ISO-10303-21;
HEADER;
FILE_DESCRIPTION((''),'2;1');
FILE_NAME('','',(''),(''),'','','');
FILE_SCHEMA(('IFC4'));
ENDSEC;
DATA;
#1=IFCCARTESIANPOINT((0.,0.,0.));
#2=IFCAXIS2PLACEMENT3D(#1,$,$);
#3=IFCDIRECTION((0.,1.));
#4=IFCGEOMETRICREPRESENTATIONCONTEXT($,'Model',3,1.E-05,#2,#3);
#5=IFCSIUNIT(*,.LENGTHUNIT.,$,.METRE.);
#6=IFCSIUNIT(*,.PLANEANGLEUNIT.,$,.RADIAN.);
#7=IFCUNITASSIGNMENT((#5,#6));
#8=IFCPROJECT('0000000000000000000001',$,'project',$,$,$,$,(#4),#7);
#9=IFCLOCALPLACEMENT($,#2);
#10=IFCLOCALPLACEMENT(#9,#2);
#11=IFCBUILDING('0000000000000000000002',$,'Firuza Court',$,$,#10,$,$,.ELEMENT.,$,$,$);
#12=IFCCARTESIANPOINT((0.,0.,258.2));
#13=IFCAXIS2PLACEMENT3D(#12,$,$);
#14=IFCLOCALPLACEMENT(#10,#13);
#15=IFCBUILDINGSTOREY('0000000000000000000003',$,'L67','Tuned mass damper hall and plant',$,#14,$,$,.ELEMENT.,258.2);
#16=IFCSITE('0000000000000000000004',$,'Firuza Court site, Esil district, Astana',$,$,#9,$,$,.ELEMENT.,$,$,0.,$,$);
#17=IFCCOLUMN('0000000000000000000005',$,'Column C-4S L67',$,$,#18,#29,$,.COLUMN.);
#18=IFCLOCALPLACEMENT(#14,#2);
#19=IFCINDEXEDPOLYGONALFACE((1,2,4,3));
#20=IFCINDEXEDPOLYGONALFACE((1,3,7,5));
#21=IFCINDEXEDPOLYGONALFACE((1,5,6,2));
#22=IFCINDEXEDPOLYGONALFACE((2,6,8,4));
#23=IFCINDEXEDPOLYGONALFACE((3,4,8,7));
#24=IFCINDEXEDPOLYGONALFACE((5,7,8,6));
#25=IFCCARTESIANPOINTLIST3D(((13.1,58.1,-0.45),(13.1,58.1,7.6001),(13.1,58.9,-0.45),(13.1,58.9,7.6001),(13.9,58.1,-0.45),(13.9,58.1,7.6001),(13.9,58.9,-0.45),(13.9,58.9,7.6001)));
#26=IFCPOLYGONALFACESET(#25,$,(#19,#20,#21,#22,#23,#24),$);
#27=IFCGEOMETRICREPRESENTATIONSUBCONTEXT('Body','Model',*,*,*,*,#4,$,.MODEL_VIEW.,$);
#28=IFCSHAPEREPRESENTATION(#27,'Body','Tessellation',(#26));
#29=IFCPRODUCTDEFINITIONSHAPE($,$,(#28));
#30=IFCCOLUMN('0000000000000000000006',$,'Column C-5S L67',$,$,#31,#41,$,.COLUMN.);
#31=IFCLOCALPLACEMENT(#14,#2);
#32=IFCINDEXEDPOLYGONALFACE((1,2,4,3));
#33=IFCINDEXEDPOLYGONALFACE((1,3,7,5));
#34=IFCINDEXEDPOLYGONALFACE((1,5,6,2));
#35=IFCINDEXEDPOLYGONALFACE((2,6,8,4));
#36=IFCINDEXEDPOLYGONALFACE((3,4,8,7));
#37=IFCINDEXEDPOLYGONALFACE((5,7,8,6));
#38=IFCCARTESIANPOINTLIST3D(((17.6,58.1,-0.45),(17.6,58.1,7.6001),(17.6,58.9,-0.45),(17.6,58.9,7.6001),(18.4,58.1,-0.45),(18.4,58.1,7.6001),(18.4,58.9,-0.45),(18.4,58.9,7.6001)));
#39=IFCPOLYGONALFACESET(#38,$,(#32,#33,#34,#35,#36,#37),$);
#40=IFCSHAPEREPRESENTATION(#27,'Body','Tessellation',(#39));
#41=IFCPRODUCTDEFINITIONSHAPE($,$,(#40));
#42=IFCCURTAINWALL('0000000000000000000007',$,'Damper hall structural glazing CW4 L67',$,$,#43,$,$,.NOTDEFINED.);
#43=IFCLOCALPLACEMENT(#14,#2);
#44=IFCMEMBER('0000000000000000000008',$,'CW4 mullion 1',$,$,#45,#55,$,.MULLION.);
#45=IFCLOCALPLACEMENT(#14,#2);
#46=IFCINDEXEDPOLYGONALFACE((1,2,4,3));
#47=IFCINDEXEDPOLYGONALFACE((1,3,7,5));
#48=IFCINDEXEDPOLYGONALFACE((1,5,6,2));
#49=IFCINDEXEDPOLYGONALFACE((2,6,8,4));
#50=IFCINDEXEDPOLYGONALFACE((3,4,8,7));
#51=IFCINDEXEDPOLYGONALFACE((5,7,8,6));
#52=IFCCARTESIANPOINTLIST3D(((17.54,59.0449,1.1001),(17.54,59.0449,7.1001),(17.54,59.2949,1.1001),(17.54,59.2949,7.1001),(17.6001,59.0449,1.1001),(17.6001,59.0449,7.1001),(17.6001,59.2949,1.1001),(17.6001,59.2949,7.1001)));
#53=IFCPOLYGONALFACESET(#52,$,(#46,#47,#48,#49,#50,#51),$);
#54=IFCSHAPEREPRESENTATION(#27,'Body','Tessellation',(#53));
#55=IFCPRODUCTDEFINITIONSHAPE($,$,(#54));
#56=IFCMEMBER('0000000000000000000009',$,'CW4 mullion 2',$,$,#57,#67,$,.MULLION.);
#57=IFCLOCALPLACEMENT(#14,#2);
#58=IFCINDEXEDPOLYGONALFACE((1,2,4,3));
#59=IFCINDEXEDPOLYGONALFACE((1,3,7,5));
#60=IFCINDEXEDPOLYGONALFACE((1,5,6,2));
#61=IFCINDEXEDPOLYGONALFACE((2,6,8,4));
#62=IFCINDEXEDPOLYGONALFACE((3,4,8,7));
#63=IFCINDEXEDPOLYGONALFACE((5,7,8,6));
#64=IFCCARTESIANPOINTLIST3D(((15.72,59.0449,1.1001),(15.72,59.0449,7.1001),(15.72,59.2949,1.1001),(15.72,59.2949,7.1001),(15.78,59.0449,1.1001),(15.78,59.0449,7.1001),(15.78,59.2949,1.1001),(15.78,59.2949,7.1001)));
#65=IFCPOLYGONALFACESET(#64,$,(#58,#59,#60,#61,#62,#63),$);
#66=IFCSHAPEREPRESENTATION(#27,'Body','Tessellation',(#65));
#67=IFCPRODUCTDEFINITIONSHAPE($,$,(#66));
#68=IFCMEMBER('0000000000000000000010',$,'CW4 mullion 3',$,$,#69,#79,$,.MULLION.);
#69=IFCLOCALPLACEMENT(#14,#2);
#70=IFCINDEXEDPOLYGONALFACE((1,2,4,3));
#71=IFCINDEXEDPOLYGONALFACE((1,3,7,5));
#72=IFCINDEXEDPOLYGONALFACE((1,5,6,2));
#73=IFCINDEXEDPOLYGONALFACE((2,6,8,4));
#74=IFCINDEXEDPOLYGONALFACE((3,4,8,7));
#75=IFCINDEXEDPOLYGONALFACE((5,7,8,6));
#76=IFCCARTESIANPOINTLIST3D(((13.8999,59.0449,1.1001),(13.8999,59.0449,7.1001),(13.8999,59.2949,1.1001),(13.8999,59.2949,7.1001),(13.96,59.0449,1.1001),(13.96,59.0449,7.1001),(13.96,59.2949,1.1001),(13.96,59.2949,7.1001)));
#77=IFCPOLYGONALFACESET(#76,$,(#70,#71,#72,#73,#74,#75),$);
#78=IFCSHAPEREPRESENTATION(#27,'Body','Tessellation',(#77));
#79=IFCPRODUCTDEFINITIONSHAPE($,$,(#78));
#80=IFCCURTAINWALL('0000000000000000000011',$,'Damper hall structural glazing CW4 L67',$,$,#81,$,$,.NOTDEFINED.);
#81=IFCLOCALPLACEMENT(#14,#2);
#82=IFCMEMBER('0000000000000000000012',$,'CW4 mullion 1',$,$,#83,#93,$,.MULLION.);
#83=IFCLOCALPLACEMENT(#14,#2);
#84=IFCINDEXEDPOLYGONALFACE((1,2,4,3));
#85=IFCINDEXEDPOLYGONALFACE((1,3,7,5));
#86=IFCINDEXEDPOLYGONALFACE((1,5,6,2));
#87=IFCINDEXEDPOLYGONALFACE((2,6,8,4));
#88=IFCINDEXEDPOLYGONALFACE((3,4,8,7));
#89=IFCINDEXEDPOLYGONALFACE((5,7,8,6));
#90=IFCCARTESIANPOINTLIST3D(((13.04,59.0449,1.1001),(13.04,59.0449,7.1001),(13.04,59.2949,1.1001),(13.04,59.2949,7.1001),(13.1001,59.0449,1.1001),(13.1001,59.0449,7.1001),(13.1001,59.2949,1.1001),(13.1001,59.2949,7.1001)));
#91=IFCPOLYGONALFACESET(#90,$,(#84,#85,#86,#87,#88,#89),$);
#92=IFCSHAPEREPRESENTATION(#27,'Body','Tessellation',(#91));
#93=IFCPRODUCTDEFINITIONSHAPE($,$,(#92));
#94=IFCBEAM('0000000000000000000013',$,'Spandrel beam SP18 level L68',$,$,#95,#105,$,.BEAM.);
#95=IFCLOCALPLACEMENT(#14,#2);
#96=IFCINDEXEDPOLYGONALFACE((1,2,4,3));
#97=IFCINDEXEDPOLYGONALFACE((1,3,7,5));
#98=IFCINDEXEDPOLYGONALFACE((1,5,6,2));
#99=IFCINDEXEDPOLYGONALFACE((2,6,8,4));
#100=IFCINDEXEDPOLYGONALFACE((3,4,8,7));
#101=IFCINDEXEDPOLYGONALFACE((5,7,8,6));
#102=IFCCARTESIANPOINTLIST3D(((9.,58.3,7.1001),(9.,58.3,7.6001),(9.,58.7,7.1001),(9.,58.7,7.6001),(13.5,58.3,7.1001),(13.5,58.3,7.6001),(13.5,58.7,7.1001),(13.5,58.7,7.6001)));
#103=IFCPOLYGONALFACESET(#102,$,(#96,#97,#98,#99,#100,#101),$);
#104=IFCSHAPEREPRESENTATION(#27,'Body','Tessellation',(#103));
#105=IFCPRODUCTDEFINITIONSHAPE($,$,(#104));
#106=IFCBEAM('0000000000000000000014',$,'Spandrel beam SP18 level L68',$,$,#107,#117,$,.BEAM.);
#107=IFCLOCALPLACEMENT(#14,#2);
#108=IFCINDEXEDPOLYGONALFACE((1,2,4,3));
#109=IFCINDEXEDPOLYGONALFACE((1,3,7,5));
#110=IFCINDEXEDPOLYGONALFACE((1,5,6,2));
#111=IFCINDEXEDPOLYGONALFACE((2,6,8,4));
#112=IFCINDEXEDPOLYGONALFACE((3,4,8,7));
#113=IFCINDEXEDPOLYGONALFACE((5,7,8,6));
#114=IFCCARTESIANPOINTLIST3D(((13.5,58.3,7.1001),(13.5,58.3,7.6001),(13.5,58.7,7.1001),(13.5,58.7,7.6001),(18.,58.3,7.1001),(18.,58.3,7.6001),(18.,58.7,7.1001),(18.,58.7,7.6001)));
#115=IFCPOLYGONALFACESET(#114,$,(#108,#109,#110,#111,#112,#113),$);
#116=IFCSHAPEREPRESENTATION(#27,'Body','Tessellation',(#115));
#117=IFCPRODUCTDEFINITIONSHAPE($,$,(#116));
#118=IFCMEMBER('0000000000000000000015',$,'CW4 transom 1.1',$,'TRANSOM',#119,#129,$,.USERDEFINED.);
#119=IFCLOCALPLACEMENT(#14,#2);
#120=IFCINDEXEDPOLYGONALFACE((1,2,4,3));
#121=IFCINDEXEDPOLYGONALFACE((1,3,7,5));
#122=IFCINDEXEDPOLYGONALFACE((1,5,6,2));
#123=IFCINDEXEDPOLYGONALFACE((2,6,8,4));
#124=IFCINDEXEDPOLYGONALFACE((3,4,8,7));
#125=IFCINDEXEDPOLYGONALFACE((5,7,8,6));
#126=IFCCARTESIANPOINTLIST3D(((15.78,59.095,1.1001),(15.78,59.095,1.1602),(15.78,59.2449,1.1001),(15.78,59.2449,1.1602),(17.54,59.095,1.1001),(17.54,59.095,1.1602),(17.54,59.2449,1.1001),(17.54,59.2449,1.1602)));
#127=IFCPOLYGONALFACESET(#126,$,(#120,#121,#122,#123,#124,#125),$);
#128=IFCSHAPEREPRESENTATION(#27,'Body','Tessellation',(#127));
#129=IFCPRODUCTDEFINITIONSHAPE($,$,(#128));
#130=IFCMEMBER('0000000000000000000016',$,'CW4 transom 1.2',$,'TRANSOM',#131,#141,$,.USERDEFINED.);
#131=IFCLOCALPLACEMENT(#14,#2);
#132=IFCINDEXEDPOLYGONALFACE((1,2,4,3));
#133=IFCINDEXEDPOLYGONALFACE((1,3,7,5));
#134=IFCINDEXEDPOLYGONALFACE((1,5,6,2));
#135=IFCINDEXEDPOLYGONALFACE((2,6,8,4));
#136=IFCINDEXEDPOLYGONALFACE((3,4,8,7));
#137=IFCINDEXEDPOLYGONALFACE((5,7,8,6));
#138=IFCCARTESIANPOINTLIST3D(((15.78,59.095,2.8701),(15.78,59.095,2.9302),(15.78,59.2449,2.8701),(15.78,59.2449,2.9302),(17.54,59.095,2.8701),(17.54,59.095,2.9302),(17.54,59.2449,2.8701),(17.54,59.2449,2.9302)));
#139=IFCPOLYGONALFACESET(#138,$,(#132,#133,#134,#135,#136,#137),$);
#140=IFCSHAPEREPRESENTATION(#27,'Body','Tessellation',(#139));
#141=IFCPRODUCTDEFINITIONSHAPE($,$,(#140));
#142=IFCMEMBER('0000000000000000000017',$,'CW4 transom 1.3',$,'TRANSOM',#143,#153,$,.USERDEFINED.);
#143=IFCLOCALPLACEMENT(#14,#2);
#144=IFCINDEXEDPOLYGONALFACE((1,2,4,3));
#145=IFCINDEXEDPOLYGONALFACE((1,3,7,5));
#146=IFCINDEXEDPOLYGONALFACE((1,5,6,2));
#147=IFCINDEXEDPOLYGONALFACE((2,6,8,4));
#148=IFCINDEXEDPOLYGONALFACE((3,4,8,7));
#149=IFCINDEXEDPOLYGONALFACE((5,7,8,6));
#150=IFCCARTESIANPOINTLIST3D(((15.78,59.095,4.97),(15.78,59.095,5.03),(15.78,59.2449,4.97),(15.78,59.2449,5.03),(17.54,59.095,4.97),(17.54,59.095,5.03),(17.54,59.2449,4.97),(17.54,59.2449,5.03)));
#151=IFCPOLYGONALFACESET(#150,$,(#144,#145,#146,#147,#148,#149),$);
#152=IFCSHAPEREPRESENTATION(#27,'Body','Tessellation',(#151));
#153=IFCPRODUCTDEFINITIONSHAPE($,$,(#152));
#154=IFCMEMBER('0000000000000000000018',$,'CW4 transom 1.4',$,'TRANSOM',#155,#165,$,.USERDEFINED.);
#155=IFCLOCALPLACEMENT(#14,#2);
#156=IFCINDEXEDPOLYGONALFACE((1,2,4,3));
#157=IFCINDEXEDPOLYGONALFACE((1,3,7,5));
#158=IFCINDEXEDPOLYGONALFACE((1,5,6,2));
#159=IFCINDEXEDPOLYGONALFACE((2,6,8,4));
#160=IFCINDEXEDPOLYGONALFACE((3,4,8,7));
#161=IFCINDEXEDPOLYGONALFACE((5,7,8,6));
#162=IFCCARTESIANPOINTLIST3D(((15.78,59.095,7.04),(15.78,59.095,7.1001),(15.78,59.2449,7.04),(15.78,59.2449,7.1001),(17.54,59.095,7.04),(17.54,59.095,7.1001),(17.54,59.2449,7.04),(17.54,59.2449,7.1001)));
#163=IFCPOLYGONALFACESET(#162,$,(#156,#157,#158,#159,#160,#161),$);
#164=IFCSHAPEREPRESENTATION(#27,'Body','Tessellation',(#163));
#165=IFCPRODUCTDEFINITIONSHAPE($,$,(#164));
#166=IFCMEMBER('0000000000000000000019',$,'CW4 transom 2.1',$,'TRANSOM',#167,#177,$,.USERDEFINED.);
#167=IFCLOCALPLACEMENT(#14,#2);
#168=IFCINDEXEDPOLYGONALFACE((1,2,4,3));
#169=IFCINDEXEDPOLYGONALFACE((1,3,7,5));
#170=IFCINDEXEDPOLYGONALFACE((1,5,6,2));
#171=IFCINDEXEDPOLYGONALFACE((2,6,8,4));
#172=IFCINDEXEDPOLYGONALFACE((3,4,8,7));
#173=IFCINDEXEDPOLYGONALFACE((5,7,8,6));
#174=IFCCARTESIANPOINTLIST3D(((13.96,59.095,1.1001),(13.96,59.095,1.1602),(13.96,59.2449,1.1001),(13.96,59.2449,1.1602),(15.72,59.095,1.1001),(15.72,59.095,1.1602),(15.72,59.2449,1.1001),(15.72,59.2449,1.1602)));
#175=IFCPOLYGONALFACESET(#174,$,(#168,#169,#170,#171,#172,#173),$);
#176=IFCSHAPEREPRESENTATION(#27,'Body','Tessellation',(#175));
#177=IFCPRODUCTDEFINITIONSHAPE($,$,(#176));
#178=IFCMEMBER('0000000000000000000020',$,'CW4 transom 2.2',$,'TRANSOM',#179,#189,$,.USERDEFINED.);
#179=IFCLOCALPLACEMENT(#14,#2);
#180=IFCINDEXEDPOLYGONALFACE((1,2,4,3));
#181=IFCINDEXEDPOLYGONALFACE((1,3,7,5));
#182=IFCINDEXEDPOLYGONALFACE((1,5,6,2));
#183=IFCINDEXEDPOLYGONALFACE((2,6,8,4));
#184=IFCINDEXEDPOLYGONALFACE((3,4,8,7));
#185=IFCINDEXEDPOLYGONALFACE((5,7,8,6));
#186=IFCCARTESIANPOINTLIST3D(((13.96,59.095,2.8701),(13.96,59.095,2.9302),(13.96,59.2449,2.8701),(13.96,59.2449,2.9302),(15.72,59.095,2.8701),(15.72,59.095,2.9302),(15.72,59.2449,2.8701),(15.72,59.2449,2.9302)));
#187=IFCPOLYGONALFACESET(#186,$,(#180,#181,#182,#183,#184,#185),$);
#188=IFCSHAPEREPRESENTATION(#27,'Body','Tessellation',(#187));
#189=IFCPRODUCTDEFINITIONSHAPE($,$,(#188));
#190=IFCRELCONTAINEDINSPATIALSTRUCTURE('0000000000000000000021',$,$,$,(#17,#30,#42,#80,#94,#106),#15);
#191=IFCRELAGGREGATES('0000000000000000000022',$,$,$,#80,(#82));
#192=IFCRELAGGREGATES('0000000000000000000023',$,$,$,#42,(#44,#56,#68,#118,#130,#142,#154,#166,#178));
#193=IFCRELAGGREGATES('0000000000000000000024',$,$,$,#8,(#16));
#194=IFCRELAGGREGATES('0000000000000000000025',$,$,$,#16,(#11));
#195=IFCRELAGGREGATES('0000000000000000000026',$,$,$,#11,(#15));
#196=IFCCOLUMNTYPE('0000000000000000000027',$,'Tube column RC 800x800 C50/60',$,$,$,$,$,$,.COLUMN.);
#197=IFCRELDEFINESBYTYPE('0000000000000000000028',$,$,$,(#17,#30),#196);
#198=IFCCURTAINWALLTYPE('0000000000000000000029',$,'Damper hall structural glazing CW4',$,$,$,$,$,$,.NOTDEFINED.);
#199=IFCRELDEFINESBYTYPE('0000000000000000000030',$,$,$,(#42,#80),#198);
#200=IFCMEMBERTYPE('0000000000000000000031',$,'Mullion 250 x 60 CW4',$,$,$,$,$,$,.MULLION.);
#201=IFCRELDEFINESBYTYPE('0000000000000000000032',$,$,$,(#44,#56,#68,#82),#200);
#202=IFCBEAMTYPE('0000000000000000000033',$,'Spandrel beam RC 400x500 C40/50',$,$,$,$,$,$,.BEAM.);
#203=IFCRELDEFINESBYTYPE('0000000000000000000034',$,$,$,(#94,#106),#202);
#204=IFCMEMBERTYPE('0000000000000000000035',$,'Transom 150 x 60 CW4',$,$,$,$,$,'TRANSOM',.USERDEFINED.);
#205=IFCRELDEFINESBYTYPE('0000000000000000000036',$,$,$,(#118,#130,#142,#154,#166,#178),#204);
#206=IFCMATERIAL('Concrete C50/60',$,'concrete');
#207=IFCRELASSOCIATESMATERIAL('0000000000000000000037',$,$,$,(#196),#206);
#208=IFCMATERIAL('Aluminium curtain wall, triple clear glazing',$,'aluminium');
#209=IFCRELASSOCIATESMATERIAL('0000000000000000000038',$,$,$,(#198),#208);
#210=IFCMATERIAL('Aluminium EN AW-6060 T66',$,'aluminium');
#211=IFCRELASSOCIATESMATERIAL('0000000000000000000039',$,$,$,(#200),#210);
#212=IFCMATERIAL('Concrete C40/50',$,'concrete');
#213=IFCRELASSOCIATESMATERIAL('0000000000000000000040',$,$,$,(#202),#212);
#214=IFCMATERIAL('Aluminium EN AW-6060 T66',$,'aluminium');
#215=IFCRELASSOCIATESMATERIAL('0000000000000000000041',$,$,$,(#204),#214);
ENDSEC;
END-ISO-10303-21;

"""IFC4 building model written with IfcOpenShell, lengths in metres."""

from ifc_helpers import new_model, si_unit, direction, frame, origin, origin_2d, place, context, subcontext, project, spatial, rectangle, extrude, material, material_profile, profile_set, type_object, element, aggregate, save


model = new_model("IFC4")

# Units and contexts
model_context = context("Model", 3, precision=1e-05, world=origin(), true_north=direction((0.0, 1.0)))
body_context = subcontext(model_context, "Body", "Model", "MODEL_VIEW")
ifc_project = project(units=[si_unit("LENGTHUNIT", "METRE"), si_unit("PLANEANGLEUNIT", "RADIAN")], contexts=[model_context])

# Site, building, storey
site_placement = place(None, origin())
site = spatial("IfcSite", under=ifc_project, at=site_placement, Name="Firuza Court site, Esil district, Astana", CompositionType="ELEMENT", RefElevation=0.0)
building_placement = place(site_placement, origin())
building = spatial("IfcBuilding", under=site, at=building_placement, Name="Firuza Court", CompositionType="ELEMENT")
storey_placement = place(building_placement, frame((0.0, 0.0, 258.2)))
storey = spatial("IfcBuildingStorey", under=building, at=storey_placement, Name="L67", Description="Tuned mass damper hall and plant", CompositionType="ELEMENT", Elevation=258.2)

# Columns
ifc_material_1 = material(Name="Concrete C50/60", Category="concrete")
ifc_material_profile_1 = material_profile(ifc_material_1, rectangle(XDim=0.8, YDim=0.8, at=origin_2d()), Name="RC 800x800")
ifc_profile_set_1 = profile_set([ifc_material_profile_1], Name="Concrete C50/60")
column_type = type_object("IfcColumnType", Name="Tube column RC 800x800 C50/60", PredefinedType="COLUMN", material=ifc_profile_set_1)
for number, where, z_axis, x_axis, name in (
    (1, (13.5, 58.5, -0.45), (0.0, 0.0, 1.0), (1.0, 0.0, 0.0), "Column C-4S L67"),
    (2, (18.0, 58.5, -0.45), (0.0, 0.0, 1.0), (1.0, 0.0, 0.0), "Column C-5S L67"),
):
    element("IfcColumn", number, at=place(storey_placement, frame(where, z_axis=z_axis, x_axis=x_axis)), inside=storey, type_object=column_type, Name=name, PredefinedType="COLUMN", context=body_context, shape_type="SweptSolid", body=[
        extrude(rectangle(XDim=0.8, YDim=0.8, at=origin_2d()), origin(), (0.0, 0.0, 1.0), 8.05),
    ])

# Curtain wall, members
ifc_material_2 = material(Name="Aluminium curtain wall, triple clear glazing", Category="aluminium")
curtain_wall_type = type_object("IfcCurtainWallType", Name="Damper hall structural glazing CW4", PredefinedType="NOTDEFINED", material=ifc_material_2)
curtain_wall_1_placement = place(storey_placement, origin())
curtain_wall_1 = element("IfcCurtainWall", 3, at=curtain_wall_1_placement, inside=storey, type_object=curtain_wall_type, Name="Damper hall structural glazing CW4 L67", PredefinedType="NOTDEFINED")
ifc_material_3 = material(Name="Aluminium EN AW-6060 T66", Category="aluminium")
ifc_material_profile_2 = material_profile(ifc_material_3, rectangle(XDim=0.25, YDim=0.0601, at=origin_2d()), Name="Mullion 250 x 60 CW4")
ifc_profile_set_2 = profile_set([ifc_material_profile_2], Name="Aluminium EN AW-6060 T66")
member_type_1 = type_object("IfcMemberType", Name="Mullion 250 x 60 CW4", PredefinedType="MULLION", material=ifc_profile_set_2)
member_1_placement = place(storey_placement, frame((17.5701, 59.1699, 1.1001), z_axis=(0.0, 0.0, 1.0), x_axis=(0.0, -1.0, 0.0)))
member_1 = element("IfcMember", 4, at=member_1_placement, type_object=member_type_1, Name="CW4 mullion 1", PredefinedType="MULLION", context=body_context, shape_type="SweptSolid", body=[
    extrude(rectangle(XDim=0.25, YDim=0.0601, at=origin_2d()), origin(), (0.0, 0.0, 1.0), 6.0),
])
member_2_placement = place(storey_placement, frame((15.75, 59.1699, 1.1001), z_axis=(0.0, 0.0, 1.0), x_axis=(0.0, -1.0, 0.0)))
member_2 = element("IfcMember", 5, at=member_2_placement, type_object=member_type_1, Name="CW4 mullion 2", PredefinedType="MULLION", context=body_context, shape_type="SweptSolid", body=[
    extrude(rectangle(XDim=0.25, YDim=0.0601, at=origin_2d()), origin(), (0.0, 0.0, 1.0), 6.0),
])
member_3_placement = place(storey_placement, frame((13.9299, 59.1699, 1.1001), z_axis=(0.0, 0.0, 1.0), x_axis=(0.0, -1.0, 0.0)))
member_3 = element("IfcMember", 6, at=member_3_placement, type_object=member_type_1, Name="CW4 mullion 3", PredefinedType="MULLION", context=body_context, shape_type="SweptSolid", body=[
    extrude(rectangle(XDim=0.25, YDim=0.0601, at=origin_2d()), origin(), (0.0, 0.0, 1.0), 6.0),
])

# Curtain wall, member
curtain_wall_2_placement = place(storey_placement, origin())
curtain_wall_2 = element("IfcCurtainWall", 7, at=curtain_wall_2_placement, inside=storey, type_object=curtain_wall_type, Name="Damper hall structural glazing CW4 L67", PredefinedType="NOTDEFINED")
member_4_placement = place(storey_placement, frame((13.0701, 59.1699, 1.1001), z_axis=(0.0, 0.0, 1.0), x_axis=(0.0, -1.0, 0.0)))
member_4 = element("IfcMember", 8, at=member_4_placement, type_object=member_type_1, Name="CW4 mullion 1", PredefinedType="MULLION", context=body_context, shape_type="SweptSolid", body=[
    extrude(rectangle(XDim=0.25, YDim=0.0601, at=origin_2d()), origin(), (0.0, 0.0, 1.0), 6.0),
])
aggregate(curtain_wall_2, [member_4])

# Beams
ifc_material_4 = material(Name="Concrete C40/50", Category="concrete")
ifc_material_profile_3 = material_profile(ifc_material_4, rectangle(XDim=0.3999, YDim=0.5, at=origin_2d()), Name="RC 400x500")
ifc_profile_set_3 = profile_set([ifc_material_profile_3], Name="Concrete C40/50")
beam_type = type_object("IfcBeamType", Name="Spandrel beam RC 400x500 C40/50", PredefinedType="BEAM", material=ifc_profile_set_3)
for number, where, z_axis, x_axis, name in (
    (9, (13.5, 58.5, 7.3501), (-1.0, 0.0, 0.0), (0.0, -1.0, 0.0), "Spandrel beam SP18 level L68"),
    (10, (18.0, 58.5, 7.3501), (-1.0, 0.0, 0.0), (0.0, -1.0, 0.0), "Spandrel beam SP18 level L68"),
):
    element("IfcBeam", number, at=place(storey_placement, frame(where, z_axis=z_axis, x_axis=x_axis)), inside=storey, type_object=beam_type, Name=name, PredefinedType="BEAM", context=body_context, shape_type="SweptSolid", body=[
        extrude(rectangle(XDim=0.3999, YDim=0.5, at=origin_2d()), origin(), (0.0, 0.0, 1.0), 4.5),
    ])

# Members
ifc_material_5 = material(Name="Aluminium EN AW-6060 T66", Category="aluminium")
ifc_material_profile_4 = material_profile(ifc_material_5, rectangle(XDim=0.1499, YDim=0.0601, at=origin_2d()), Name="Transom 150 x 60 CW4")
ifc_profile_set_4 = profile_set([ifc_material_profile_4], Name="Aluminium EN AW-6060 T66")
member_type_2 = type_object("IfcMemberType", Name="Transom 150 x 60 CW4", ElementType="TRANSOM", PredefinedType="USERDEFINED", material=ifc_profile_set_4)
member_5_placement = place(storey_placement, frame((17.54, 59.1699, 1.1301), z_axis=(-1.0, 0.0, 0.0), x_axis=(0.0, -1.0, 0.0)))
member_5 = element("IfcMember", 11, at=member_5_placement, type_object=member_type_2, Name="CW4 transom 1.1", ObjectType="TRANSOM", PredefinedType="USERDEFINED", context=body_context, shape_type="SweptSolid", body=[
    extrude(rectangle(XDim=0.1499, YDim=0.0601, at=origin_2d()), origin(), (0.0, 0.0, 1.0), 1.76),
])
member_6_placement = place(storey_placement, frame((17.54, 59.1699, 2.9001), z_axis=(-1.0, 0.0, 0.0), x_axis=(0.0, -1.0, 0.0)))
member_6 = element("IfcMember", 12, at=member_6_placement, type_object=member_type_2, Name="CW4 transom 1.2", ObjectType="TRANSOM", PredefinedType="USERDEFINED", context=body_context, shape_type="SweptSolid", body=[
    extrude(rectangle(XDim=0.1499, YDim=0.0601, at=origin_2d()), origin(), (0.0, 0.0, 1.0), 1.76),
])
member_7_placement = place(storey_placement, frame((17.54, 59.1699, 5.0), z_axis=(-1.0, 0.0, 0.0), x_axis=(0.0, -1.0, 0.0)))
member_7 = element("IfcMember", 13, at=member_7_placement, type_object=member_type_2, Name="CW4 transom 1.3", ObjectType="TRANSOM", PredefinedType="USERDEFINED", context=body_context, shape_type="SweptSolid", body=[
    extrude(rectangle(XDim=0.1499, YDim=0.0601, at=origin_2d()), origin(), (0.0, 0.0, 1.0), 1.76),
])
member_8_placement = place(storey_placement, frame((17.54, 59.1699, 7.0701), z_axis=(-1.0, 0.0, 0.0), x_axis=(0.0, -1.0, 0.0)))
member_8 = element("IfcMember", 14, at=member_8_placement, type_object=member_type_2, Name="CW4 transom 1.4", ObjectType="TRANSOM", PredefinedType="USERDEFINED", context=body_context, shape_type="SweptSolid", body=[
    extrude(rectangle(XDim=0.1499, YDim=0.0601, at=origin_2d()), origin(), (0.0, 0.0, 1.0), 1.76),
])
member_9_placement = place(storey_placement, frame((15.72, 59.1699, 1.1301), z_axis=(-1.0, 0.0, 0.0), x_axis=(0.0, -1.0, 0.0)))
member_9 = element("IfcMember", 15, at=member_9_placement, type_object=member_type_2, Name="CW4 transom 2.1", ObjectType="TRANSOM", PredefinedType="USERDEFINED", context=body_context, shape_type="SweptSolid", body=[
    extrude(rectangle(XDim=0.1499, YDim=0.0601, at=origin_2d()), origin(), (0.0, 0.0, 1.0), 1.76),
])
member_10_placement = place(storey_placement, frame((15.72, 59.1699, 2.9001), z_axis=(-1.0, 0.0, 0.0), x_axis=(0.0, -1.0, 0.0)))
member_10 = element("IfcMember", 16, at=member_10_placement, type_object=member_type_2, Name="CW4 transom 2.2", ObjectType="TRANSOM", PredefinedType="USERDEFINED", context=body_context, shape_type="SweptSolid", body=[
    extrude(rectangle(XDim=0.1499, YDim=0.0601, at=origin_2d()), origin(), (0.0, 0.0, 1.0), 1.76),
])

aggregate(curtain_wall_1, [member_1, member_2, member_3, member_5, member_6, member_7, member_8, member_9, member_10])

save(model, "model.ifc")
